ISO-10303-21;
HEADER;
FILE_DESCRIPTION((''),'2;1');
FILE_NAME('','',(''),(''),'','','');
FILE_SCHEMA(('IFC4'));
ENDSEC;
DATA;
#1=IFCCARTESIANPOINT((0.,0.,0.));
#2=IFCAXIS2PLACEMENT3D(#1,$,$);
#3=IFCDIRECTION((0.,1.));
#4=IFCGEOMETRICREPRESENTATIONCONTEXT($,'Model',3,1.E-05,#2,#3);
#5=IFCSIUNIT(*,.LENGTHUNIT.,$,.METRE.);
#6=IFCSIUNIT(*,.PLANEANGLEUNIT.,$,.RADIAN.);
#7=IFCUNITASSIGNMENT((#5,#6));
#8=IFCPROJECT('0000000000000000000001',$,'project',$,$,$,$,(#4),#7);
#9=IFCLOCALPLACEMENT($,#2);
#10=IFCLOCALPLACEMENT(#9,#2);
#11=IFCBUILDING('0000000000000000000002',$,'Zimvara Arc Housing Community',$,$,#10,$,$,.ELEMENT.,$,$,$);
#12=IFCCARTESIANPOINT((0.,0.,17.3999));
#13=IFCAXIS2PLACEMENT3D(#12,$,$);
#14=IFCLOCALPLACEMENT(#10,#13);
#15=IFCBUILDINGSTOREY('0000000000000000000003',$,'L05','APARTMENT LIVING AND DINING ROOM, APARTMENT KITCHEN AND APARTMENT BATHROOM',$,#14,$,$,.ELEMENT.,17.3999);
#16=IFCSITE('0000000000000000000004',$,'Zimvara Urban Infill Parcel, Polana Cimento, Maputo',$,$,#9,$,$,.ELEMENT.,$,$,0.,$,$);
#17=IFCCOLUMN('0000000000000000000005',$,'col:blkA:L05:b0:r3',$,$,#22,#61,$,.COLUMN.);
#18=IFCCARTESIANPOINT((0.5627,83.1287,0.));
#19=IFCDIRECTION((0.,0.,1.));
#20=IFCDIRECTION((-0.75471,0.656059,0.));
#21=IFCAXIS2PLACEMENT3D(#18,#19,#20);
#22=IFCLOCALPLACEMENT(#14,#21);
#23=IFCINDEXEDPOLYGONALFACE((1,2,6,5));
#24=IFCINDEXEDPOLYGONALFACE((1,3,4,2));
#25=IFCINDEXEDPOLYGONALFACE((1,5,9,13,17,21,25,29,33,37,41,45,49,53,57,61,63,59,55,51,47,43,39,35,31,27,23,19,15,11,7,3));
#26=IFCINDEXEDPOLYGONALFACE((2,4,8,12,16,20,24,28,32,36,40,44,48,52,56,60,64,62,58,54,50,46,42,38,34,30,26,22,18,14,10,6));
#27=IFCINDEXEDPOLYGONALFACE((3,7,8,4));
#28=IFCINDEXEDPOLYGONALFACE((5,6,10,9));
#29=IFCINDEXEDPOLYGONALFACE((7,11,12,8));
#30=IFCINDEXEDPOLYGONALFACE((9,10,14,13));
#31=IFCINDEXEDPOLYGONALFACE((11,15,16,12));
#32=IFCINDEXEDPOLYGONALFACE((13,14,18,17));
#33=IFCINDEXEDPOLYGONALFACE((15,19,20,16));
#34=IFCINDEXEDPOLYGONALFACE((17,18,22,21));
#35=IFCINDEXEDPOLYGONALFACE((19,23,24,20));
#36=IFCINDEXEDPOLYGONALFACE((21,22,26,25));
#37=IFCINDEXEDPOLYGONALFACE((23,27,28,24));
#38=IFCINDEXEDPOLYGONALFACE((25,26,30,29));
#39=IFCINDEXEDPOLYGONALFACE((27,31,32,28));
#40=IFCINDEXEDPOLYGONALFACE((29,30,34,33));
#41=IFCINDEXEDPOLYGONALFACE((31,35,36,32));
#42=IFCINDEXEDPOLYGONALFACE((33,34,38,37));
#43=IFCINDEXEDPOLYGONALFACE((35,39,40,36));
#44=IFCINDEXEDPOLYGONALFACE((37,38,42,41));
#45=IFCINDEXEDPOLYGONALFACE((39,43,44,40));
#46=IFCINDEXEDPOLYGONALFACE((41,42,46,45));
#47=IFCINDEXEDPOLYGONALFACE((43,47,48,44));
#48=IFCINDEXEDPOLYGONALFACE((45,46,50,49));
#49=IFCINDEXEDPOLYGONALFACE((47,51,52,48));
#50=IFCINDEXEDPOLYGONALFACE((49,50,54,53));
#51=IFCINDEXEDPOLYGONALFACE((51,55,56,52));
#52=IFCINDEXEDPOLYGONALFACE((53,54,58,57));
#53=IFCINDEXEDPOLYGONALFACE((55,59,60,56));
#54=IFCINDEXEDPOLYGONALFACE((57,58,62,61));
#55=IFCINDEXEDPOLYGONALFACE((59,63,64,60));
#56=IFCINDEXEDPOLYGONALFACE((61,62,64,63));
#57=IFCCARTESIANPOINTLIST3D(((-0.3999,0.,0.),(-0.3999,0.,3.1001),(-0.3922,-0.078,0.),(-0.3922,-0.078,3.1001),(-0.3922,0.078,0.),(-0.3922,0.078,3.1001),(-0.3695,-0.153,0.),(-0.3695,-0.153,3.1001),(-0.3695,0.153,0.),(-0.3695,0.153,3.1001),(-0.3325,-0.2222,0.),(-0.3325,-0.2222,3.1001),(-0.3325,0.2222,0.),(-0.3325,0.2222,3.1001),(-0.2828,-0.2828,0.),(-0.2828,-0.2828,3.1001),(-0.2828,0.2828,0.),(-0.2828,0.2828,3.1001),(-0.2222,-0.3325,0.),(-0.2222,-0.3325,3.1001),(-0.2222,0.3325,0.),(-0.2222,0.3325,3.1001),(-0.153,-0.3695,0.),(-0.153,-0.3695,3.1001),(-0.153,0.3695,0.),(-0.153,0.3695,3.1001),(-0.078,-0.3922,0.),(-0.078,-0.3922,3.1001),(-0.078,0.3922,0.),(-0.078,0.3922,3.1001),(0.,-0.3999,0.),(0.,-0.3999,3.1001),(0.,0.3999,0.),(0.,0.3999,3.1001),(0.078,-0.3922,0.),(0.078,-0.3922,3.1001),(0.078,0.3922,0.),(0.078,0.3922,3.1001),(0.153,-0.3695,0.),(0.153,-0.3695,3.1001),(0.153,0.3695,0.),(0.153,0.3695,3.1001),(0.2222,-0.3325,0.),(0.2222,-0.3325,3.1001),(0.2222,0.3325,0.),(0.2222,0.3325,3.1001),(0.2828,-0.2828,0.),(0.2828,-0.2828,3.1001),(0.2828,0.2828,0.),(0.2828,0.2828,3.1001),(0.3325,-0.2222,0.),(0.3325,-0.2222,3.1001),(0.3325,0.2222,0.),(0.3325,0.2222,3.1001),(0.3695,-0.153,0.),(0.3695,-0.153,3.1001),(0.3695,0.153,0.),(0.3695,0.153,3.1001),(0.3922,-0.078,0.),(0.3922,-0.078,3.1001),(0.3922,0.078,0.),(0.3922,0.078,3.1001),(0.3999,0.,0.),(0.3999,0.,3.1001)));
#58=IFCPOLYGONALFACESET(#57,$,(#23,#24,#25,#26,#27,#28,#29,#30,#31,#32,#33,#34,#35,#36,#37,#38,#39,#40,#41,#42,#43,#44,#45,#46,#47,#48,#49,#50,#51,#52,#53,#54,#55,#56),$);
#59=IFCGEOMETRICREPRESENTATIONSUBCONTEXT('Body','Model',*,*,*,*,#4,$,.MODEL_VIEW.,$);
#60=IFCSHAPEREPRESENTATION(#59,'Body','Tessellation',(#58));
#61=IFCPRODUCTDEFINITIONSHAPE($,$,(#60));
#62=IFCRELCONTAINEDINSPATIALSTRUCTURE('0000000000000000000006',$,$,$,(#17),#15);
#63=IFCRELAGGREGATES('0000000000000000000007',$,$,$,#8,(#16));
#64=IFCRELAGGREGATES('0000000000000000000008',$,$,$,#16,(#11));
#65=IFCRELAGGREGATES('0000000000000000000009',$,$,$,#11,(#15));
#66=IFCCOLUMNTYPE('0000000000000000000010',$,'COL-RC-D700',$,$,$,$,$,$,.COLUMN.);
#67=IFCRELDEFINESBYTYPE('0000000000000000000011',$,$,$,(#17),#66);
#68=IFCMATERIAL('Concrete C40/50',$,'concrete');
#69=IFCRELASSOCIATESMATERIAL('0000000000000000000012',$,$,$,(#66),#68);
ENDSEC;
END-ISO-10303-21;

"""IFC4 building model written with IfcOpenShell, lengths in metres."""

from ifc_helpers import new_model, si_unit, direction, frame, origin, origin_2d, place, context, subcontext, project, spatial, circle, extrude, material, material_profile, profile_set, type_object, element, save


model = new_model("IFC4")

# Units and contexts
model_context = context("Model", 3, precision=1e-05, world=origin(), true_north=direction((0.0, 1.0)))
body_context = subcontext(model_context, "Body", "Model", "MODEL_VIEW")
ifc_project = project(units=[si_unit("LENGTHUNIT", "METRE"), si_unit("PLANEANGLEUNIT", "RADIAN")], contexts=[model_context])

# Site, building, storey
site_placement = place(None, origin())
site = spatial("IfcSite", under=ifc_project, at=site_placement, Name="Zimvara Urban Infill Parcel, Polana Cimento, Maputo", CompositionType="ELEMENT", RefElevation=0.0)
building_placement = place(site_placement, origin())
building = spatial("IfcBuilding", under=site, at=building_placement, Name="Zimvara Arc Housing Community", CompositionType="ELEMENT")
storey_placement = place(building_placement, frame((0.0, 0.0, 17.3999)))
storey = spatial("IfcBuildingStorey", under=building, at=storey_placement, Name="L05", Description="APARTMENT LIVING AND DINING ROOM, APARTMENT KITCHEN AND APARTMENT BATHROOM", CompositionType="ELEMENT", Elevation=17.3999)

# Column
ifc_material_1 = material(Name="Concrete C40/50", Category="concrete")
ifc_material_profile_1 = material_profile(ifc_material_1, circle(Radius=0.3999, at=origin_2d()), Name="RC D800")
ifc_profile_set_1 = profile_set([ifc_material_profile_1], Name="Concrete C40/50")
column_type_1 = type_object("IfcColumnType", Name="COL-RC-D700", PredefinedType="COLUMN", material=ifc_profile_set_1)
column_1_placement = place(storey_placement, frame((0.5627, 83.1287, 0.0), z_axis=(0.0, 0.0, 1.0), x_axis=(-0.75471, 0.656059, 0.0)))
element("IfcColumn", 1, at=column_1_placement, inside=storey, type_object=column_type_1, Name="col:blkA:L05:b0:r3", PredefinedType="COLUMN", context=body_context, shape_type="SweptSolid", body=[
    extrude(circle(Radius=0.3999, at=origin_2d()), origin(), (0.0, 0.0, 1.0), 3.1001),
])

save(model, "model.ifc")
